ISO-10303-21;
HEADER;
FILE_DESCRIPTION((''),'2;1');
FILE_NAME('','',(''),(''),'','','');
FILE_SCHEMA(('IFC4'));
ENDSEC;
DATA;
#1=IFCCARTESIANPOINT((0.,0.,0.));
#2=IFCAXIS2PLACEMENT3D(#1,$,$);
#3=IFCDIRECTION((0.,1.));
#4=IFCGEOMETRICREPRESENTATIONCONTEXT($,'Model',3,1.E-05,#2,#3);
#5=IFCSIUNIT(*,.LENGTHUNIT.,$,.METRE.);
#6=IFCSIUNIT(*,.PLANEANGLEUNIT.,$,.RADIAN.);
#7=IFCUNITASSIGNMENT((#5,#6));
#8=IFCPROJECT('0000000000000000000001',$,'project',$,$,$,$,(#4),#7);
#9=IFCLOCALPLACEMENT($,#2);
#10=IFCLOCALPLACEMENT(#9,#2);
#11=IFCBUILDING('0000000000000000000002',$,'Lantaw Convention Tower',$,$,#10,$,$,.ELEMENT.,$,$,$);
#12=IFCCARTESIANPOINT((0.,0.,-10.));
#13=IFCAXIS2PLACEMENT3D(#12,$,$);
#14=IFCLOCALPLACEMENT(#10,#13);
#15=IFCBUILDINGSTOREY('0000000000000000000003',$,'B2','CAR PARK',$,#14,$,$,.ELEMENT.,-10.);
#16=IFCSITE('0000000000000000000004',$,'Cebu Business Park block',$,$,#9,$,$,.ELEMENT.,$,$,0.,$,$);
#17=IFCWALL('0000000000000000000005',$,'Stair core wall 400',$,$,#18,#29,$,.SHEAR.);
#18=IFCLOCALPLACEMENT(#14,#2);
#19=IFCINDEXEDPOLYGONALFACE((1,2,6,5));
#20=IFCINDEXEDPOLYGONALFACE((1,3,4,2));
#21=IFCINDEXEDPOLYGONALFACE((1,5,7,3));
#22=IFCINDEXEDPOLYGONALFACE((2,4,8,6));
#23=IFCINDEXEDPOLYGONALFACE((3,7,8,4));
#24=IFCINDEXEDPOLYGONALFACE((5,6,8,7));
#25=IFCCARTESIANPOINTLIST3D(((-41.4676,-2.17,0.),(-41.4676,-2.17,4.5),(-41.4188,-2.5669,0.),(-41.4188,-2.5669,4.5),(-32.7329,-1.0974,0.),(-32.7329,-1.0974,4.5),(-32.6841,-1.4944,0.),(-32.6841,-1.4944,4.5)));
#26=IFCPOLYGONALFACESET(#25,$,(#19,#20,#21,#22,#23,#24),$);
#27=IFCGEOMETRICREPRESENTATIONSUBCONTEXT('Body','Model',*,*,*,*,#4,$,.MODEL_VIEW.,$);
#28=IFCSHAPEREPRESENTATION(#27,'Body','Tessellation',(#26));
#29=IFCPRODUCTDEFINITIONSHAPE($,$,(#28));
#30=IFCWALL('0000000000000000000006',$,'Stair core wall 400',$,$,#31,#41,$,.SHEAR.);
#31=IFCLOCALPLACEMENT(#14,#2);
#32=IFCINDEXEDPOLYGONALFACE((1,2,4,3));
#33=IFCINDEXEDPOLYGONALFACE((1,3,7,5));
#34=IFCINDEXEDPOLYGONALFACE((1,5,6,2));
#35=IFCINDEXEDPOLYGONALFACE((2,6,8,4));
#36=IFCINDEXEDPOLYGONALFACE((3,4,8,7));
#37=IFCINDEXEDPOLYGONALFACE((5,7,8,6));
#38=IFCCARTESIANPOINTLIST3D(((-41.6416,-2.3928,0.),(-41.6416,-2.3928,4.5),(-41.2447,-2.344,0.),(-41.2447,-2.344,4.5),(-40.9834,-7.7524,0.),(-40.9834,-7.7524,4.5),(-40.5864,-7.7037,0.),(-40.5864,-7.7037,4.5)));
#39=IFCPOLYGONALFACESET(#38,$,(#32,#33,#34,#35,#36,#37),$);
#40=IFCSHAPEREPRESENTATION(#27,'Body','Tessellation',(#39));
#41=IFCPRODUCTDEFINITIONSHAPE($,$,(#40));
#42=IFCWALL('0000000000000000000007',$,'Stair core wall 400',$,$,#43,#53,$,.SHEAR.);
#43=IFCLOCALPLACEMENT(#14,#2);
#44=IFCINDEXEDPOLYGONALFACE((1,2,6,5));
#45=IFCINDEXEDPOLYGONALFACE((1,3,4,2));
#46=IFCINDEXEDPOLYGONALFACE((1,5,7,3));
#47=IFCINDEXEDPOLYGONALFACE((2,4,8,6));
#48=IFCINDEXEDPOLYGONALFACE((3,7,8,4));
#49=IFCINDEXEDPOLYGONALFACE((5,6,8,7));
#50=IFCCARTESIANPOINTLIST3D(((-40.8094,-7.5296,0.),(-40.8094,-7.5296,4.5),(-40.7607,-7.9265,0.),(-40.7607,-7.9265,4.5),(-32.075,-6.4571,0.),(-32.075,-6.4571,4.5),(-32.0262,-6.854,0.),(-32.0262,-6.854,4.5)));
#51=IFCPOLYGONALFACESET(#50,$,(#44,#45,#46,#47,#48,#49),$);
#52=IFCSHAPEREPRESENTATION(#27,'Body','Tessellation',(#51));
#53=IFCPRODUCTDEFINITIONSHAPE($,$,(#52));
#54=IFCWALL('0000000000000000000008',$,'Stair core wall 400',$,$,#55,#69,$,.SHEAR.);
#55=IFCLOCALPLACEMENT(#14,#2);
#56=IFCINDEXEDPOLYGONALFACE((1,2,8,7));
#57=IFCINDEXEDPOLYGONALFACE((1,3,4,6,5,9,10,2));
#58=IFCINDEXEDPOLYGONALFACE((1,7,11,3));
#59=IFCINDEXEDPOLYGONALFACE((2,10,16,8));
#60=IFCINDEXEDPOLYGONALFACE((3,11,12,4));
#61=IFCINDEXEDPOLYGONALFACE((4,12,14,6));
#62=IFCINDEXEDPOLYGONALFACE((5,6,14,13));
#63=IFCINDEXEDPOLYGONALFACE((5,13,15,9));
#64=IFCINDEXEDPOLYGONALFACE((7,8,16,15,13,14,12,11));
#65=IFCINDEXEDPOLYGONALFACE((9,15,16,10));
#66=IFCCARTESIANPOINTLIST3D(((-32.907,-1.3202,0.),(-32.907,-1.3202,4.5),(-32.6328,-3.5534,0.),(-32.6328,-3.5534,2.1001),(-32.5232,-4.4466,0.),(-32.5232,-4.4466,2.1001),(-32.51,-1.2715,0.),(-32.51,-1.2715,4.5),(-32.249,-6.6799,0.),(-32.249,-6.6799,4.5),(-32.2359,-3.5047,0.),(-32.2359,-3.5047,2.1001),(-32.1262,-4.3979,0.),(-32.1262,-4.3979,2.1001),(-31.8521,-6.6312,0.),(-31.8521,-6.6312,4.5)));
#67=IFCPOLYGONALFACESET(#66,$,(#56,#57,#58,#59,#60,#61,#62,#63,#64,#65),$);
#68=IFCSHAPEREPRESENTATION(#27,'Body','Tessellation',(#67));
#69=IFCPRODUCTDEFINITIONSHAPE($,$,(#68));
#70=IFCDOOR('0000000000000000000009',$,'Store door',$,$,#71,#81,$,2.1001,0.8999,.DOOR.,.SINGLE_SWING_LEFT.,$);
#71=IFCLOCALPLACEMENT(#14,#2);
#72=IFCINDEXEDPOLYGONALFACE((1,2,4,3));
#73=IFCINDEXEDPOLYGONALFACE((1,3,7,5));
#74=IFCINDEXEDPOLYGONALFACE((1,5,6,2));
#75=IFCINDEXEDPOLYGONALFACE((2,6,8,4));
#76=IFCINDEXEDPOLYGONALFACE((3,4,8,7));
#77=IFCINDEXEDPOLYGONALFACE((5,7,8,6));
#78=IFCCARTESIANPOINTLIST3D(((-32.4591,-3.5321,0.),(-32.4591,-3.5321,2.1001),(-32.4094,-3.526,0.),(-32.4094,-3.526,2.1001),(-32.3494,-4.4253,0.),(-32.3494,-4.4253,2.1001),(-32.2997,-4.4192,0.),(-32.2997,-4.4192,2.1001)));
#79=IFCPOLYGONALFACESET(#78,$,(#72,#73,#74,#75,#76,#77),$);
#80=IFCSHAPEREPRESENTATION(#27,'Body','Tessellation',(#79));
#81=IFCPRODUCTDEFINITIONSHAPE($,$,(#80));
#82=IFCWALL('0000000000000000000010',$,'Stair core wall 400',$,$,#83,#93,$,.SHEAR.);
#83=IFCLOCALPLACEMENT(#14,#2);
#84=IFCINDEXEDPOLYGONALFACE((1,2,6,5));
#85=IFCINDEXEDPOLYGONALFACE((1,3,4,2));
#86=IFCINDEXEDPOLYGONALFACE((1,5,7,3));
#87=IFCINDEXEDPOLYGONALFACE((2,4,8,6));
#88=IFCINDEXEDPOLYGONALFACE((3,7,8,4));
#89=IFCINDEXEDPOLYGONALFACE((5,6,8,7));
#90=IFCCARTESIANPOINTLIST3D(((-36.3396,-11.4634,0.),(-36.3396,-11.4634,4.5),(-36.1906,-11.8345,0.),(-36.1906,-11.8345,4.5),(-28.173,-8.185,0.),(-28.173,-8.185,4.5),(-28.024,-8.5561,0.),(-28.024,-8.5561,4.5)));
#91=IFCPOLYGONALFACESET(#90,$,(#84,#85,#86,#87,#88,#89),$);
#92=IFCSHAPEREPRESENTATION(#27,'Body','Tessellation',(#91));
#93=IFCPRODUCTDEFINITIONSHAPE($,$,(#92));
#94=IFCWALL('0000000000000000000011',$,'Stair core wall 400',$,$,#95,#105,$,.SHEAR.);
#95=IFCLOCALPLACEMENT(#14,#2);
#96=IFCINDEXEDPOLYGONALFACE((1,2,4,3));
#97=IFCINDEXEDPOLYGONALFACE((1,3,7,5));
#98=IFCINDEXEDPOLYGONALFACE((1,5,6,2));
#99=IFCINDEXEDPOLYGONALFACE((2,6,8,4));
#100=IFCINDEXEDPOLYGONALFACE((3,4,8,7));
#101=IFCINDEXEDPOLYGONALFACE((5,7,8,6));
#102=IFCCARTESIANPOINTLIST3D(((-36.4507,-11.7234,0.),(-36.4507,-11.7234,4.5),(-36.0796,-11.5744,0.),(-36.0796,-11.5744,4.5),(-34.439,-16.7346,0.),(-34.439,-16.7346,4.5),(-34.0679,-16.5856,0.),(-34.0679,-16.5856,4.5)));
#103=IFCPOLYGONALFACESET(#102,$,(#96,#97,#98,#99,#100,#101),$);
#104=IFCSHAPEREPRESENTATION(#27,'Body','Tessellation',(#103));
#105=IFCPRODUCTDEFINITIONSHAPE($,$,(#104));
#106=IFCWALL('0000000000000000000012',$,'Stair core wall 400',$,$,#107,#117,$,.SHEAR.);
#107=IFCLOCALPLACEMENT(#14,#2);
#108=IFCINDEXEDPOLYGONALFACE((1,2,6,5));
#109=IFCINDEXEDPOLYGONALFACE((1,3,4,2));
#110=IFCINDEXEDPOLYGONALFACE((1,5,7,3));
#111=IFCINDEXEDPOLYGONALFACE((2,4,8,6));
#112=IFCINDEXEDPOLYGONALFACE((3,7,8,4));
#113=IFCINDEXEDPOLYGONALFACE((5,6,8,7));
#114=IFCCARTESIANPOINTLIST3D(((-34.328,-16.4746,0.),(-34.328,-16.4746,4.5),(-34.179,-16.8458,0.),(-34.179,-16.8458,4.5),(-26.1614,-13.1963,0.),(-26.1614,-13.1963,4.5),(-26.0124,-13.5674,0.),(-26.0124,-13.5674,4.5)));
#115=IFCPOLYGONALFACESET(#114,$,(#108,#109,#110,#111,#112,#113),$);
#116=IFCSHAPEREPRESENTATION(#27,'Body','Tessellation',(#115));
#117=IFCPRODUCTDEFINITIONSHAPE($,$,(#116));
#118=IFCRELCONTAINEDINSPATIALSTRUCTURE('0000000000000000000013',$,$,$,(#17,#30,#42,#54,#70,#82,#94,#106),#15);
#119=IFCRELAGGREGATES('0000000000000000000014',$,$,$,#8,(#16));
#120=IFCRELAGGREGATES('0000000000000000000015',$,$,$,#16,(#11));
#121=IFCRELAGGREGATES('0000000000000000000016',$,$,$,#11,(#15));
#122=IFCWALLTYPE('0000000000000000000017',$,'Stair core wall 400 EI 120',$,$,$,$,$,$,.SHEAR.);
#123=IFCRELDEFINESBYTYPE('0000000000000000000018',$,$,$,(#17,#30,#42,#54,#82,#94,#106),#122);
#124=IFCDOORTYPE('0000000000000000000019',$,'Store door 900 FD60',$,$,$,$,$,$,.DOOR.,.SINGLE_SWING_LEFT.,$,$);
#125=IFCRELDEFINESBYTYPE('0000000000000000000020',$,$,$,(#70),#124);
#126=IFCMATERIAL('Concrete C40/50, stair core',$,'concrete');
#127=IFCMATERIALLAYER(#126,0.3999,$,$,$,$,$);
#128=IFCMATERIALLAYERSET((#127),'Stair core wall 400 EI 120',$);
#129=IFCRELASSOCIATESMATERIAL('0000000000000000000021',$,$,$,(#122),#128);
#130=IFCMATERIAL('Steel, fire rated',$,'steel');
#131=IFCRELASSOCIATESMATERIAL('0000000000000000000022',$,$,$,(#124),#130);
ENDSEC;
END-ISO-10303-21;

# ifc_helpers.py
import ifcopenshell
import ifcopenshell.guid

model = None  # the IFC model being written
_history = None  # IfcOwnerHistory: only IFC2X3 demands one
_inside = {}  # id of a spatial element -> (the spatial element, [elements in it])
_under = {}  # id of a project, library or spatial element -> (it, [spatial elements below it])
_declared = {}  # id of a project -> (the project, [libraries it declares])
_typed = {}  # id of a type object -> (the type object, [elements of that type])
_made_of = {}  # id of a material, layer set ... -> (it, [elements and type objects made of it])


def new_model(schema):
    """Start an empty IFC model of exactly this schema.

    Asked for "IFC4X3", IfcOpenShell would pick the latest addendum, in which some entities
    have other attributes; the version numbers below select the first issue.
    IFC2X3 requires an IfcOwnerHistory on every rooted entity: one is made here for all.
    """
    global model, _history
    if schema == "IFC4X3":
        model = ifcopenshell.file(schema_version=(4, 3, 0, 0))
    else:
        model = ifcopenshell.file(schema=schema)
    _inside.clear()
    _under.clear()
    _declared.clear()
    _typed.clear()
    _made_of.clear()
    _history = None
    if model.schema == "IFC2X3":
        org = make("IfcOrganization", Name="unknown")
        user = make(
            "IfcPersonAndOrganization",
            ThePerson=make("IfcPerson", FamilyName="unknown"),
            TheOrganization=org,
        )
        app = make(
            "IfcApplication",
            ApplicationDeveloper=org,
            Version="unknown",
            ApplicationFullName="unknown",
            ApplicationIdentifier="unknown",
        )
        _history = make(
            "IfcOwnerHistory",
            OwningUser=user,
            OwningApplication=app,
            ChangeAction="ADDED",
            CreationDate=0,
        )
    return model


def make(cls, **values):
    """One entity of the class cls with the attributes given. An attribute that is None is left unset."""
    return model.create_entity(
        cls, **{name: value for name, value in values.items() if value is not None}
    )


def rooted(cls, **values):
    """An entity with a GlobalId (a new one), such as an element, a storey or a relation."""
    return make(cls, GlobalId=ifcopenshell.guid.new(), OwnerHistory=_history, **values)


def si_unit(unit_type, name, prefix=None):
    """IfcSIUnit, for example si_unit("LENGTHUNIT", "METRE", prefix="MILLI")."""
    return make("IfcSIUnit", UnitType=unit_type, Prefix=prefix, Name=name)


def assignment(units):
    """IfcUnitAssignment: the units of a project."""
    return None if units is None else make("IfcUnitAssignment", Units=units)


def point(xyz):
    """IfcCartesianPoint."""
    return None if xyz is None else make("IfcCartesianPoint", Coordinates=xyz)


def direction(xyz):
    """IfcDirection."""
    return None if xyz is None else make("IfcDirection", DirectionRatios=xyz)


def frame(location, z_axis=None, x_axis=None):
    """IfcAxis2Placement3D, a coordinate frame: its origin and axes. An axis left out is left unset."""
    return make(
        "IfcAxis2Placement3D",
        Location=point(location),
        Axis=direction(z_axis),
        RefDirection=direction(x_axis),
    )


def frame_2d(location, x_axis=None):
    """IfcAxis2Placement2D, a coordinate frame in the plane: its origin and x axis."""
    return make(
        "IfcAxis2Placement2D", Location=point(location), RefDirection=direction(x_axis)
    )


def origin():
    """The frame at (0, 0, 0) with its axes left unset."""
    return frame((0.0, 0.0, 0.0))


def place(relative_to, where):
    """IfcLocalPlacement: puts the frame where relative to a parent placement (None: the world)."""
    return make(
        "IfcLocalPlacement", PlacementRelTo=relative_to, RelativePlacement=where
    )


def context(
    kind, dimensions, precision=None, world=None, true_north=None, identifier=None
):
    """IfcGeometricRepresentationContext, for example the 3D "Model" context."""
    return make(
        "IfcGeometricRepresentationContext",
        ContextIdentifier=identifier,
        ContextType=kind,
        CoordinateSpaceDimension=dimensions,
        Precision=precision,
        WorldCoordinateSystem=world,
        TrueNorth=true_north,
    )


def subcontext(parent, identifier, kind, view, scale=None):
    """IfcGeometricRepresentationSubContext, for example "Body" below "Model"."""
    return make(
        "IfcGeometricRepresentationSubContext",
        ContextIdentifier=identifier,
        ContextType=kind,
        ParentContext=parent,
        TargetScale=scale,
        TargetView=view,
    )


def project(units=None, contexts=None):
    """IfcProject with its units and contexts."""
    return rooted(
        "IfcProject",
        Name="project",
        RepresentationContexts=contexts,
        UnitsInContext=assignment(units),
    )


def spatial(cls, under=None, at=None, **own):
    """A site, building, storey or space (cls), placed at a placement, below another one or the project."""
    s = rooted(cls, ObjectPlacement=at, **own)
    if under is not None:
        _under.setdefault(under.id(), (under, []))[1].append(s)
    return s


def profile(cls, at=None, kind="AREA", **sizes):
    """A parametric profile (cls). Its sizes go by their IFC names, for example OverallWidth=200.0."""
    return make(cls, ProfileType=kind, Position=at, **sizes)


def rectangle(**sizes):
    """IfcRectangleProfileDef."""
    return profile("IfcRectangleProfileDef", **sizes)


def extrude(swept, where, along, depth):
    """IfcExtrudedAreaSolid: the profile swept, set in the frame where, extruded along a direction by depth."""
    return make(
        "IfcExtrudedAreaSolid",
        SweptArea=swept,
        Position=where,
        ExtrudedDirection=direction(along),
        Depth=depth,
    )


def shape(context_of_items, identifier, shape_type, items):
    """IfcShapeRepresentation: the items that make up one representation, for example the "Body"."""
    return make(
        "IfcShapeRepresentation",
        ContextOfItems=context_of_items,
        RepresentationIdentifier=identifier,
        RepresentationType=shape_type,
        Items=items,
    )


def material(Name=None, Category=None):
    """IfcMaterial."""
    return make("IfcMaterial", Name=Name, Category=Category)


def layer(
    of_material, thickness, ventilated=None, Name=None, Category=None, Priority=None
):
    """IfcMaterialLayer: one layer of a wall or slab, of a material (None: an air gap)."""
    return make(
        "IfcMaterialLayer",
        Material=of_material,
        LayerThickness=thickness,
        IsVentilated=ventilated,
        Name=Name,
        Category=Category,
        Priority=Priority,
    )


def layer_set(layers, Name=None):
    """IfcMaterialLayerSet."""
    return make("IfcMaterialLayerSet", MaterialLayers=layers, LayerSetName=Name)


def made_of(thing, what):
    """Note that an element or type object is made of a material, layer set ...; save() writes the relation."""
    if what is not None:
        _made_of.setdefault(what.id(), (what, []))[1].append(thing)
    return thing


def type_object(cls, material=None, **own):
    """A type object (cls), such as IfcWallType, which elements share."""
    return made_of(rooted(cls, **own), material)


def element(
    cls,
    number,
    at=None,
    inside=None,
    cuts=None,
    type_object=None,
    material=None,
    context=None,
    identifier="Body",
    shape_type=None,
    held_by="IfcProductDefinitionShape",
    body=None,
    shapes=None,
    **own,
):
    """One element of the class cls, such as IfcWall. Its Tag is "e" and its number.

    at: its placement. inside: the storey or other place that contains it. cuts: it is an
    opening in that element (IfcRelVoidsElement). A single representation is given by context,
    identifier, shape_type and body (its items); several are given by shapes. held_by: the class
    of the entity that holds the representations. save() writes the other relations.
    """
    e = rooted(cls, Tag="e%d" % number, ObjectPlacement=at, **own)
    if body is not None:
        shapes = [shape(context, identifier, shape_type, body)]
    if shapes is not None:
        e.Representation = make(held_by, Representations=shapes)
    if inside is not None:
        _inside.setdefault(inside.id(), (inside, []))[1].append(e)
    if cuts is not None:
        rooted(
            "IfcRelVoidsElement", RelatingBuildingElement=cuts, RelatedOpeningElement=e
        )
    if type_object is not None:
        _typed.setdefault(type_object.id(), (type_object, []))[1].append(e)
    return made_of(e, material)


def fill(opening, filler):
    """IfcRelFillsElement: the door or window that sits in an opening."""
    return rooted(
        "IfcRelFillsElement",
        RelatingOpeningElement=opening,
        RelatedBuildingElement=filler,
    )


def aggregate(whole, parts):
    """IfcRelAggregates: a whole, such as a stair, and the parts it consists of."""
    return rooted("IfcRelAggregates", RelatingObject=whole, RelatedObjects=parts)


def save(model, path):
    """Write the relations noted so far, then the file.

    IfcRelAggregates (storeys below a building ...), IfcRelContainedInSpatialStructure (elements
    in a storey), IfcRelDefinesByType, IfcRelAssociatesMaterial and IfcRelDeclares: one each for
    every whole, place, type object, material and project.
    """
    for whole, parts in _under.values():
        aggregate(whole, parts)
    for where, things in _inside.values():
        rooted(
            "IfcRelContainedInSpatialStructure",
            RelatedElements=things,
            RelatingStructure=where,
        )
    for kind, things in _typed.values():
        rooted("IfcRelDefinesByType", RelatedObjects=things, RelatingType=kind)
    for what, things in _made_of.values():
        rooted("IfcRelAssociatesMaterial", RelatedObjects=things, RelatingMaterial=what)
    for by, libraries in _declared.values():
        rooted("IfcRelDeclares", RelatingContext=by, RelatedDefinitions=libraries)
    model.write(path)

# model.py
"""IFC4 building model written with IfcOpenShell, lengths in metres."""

from ifc_helpers import new_model, si_unit, direction, frame, frame_2d, origin, place, context, subcontext, project, spatial, rectangle, extrude, material, layer, layer_set, type_object, element, fill, save


model = new_model("IFC4")

# Units and contexts
model_context = context("Model", 3, precision=1e-05, world=origin(), true_north=direction((0.0, 1.0)))
body_context = subcontext(model_context, "Body", "Model", "MODEL_VIEW")
ifc_project = project(units=[si_unit("LENGTHUNIT", "METRE"), si_unit("PLANEANGLEUNIT", "RADIAN")], contexts=[model_context])

# Site, building, storey
site_placement = place(None, origin())
site = spatial("IfcSite", under=ifc_project, at=site_placement, Name="Cebu Business Park block", CompositionType="ELEMENT", RefElevation=0.0)
building_placement = place(site_placement, origin())
building = spatial("IfcBuilding", under=site, at=building_placement, Name="Lantaw Convention Tower", CompositionType="ELEMENT")
storey_placement = place(building_placement, frame((0.0, 0.0, -10.0)))
storey = spatial("IfcBuildingStorey", under=building, at=storey_placement, Name="B2", Description="CAR PARK", CompositionType="ELEMENT", Elevation=-10.0)

# Walls
ifc_material_1 = material(Name="Concrete C40/50, stair core", Category="concrete")
ifc_layer_1 = layer(ifc_material_1, 0.3999)
ifc_layer_set_1 = layer_set([ifc_layer_1], Name="Stair core wall 400 EI 120")
wall_type_1 = type_object("IfcWallType", Name="Stair core wall 400 EI 120", PredefinedType="SHEAR", material=ifc_layer_set_1)
wall_1_placement = place(storey_placement, frame((-32.7085, -1.2959, 0.0), z_axis=(0.0, 0.0, 1.0), x_axis=(-0.992546, -0.121873, 0.0)))
element("IfcWall", 1, at=wall_1_placement, inside=storey, type_object=wall_type_1, Name="Stair core wall 400", PredefinedType="SHEAR", context=body_context, shape_type="SweptSolid", body=[
    extrude(rectangle(XDim=8.8003, YDim=0.3999, at=frame_2d((4.4001, 0.0))), origin(), (0.0, 0.0, 1.0), 4.5),
])
wall_2_placement = place(storey_placement, frame((-41.4431, -2.3684, 0.0), z_axis=(0.0, 0.0, 1.0), x_axis=(0.121892, -0.992543, 0.0)))
element("IfcWall", 2, at=wall_2_placement, inside=storey, type_object=wall_type_1, Name="Stair core wall 400", PredefinedType="SHEAR", context=body_context, shape_type="SweptSolid", body=[
    extrude(rectangle(XDim=5.3999, YDim=0.3999, at=frame_2d((2.7, 0.0))), origin(), (0.0, 0.0, 1.0), 4.5),
])
wall_3_placement = place(storey_placement, frame((-40.7849, -7.728, 0.0), z_axis=(0.0, 0.0, 1.0), x_axis=(0.992545, 0.121876, 0.0)))
element("IfcWall", 3, at=wall_3_placement, inside=storey, type_object=wall_type_1, Name="Stair core wall 400", PredefinedType="SHEAR", context=body_context, shape_type="SweptSolid", body=[
    extrude(rectangle(XDim=8.8, YDim=0.3999, at=frame_2d((4.3999, 0.0))), origin(), (0.0, 0.0, 1.0), 4.5),
])

# Wall, opening, door
wall_4_placement = place(storey_placement, frame((-32.0505, -6.6555, 0.0), z_axis=(0.0, 0.0, 1.0), x_axis=(-0.121848, 0.992549, 0.0)))
wall_4 = element("IfcWall", 4, at=wall_4_placement, inside=storey, type_object=wall_type_1, Name="Stair core wall 400", PredefinedType="SHEAR", context=body_context, shape_type="SweptSolid", body=[
    extrude(rectangle(XDim=5.3999, YDim=0.3999, at=frame_2d((2.7, 0.0))), origin(), (0.0, 0.0, 1.0), 4.5),
])
opening_placement = place(wall_4_placement, frame((2.25, 0.0, 0.0)))
opening = element("IfcOpeningElement", 5, at=opening_placement, cuts=wall_4, PredefinedType="OPENING", context=body_context, shape_type="SweptSolid", body=[
    extrude(rectangle(XDim=0.8999, YDim=2.1001, at=frame_2d((0.45, 1.05))), frame((0.0, 0.21, 0.0), z_axis=(0.0, -1.0, 0.0), x_axis=(1.0, 0.0, 0.0)), (0.0, 0.0, 1.0), 0.4199),
])
ifc_material_2 = material(Name="Steel, fire rated", Category="steel")
door_type = type_object("IfcDoorType", Name="Store door 900 FD60", OperationType="SINGLE_SWING_LEFT", PredefinedType="DOOR", material=ifc_material_2)
door_placement = place(opening_placement, origin())
door = element("IfcDoor", 6, at=door_placement, inside=storey, type_object=door_type, Name="Store door", OperationType="SINGLE_SWING_LEFT", OverallHeight=2.1001, OverallWidth=0.8999, PredefinedType="DOOR", context=body_context, shape_type="SweptSolid", body=[
    extrude(rectangle(XDim=0.8999, YDim=2.1001, at=frame_2d((0.45, 1.05))), frame((0.0, 0.0249, 0.0), z_axis=(0.0, -1.0, 0.0), x_axis=(1.0, 0.0, 0.0)), (0.0, 0.0, 1.0), 0.05),
])
fill(opening, door)

# Walls
wall_5_placement = place(storey_placement, frame((-28.0986, -8.3706, 0.0), z_axis=(0.0, 0.0, 1.0), x_axis=(-0.928017, -0.372538, 0.0)))
element("IfcWall", 7, at=wall_5_placement, inside=storey, type_object=wall_type_1, Name="Stair core wall 400", PredefinedType="SHEAR", context=body_context, shape_type="SweptSolid", body=[
    extrude(rectangle(XDim=8.8, YDim=0.3999, at=frame_2d((4.3999, 0.0))), origin(), (0.0, 0.0, 1.0), 4.5),
])
wall_6_placement = place(storey_placement, frame((-36.2651, -11.6489, 0.0), z_axis=(0.0, 0.0, 1.0), x_axis=(0.372544, -0.928015, 0.0)))
element("IfcWall", 8, at=wall_6_placement, inside=storey, type_object=wall_type_1, Name="Stair core wall 400", PredefinedType="SHEAR", context=body_context, shape_type="SweptSolid", body=[
    extrude(rectangle(XDim=5.3999, YDim=0.3999, at=frame_2d((2.7, 0.0))), origin(), (0.0, 0.0, 1.0), 4.5),
])
wall_7_placement = place(storey_placement, frame((-34.2534, -16.6602, 0.0), z_axis=(0.0, 0.0, 1.0), x_axis=(0.928017, 0.372538, 0.0)))
element("IfcWall", 9, at=wall_7_placement, inside=storey, type_object=wall_type_1, Name="Stair core wall 400", PredefinedType="SHEAR", context=body_context, shape_type="SweptSolid", body=[
    extrude(rectangle(XDim=8.8, YDim=0.3999, at=frame_2d((4.3999, 0.0))), origin(), (0.0, 0.0, 1.0), 4.5),
])

save(model, "model.ifc")
